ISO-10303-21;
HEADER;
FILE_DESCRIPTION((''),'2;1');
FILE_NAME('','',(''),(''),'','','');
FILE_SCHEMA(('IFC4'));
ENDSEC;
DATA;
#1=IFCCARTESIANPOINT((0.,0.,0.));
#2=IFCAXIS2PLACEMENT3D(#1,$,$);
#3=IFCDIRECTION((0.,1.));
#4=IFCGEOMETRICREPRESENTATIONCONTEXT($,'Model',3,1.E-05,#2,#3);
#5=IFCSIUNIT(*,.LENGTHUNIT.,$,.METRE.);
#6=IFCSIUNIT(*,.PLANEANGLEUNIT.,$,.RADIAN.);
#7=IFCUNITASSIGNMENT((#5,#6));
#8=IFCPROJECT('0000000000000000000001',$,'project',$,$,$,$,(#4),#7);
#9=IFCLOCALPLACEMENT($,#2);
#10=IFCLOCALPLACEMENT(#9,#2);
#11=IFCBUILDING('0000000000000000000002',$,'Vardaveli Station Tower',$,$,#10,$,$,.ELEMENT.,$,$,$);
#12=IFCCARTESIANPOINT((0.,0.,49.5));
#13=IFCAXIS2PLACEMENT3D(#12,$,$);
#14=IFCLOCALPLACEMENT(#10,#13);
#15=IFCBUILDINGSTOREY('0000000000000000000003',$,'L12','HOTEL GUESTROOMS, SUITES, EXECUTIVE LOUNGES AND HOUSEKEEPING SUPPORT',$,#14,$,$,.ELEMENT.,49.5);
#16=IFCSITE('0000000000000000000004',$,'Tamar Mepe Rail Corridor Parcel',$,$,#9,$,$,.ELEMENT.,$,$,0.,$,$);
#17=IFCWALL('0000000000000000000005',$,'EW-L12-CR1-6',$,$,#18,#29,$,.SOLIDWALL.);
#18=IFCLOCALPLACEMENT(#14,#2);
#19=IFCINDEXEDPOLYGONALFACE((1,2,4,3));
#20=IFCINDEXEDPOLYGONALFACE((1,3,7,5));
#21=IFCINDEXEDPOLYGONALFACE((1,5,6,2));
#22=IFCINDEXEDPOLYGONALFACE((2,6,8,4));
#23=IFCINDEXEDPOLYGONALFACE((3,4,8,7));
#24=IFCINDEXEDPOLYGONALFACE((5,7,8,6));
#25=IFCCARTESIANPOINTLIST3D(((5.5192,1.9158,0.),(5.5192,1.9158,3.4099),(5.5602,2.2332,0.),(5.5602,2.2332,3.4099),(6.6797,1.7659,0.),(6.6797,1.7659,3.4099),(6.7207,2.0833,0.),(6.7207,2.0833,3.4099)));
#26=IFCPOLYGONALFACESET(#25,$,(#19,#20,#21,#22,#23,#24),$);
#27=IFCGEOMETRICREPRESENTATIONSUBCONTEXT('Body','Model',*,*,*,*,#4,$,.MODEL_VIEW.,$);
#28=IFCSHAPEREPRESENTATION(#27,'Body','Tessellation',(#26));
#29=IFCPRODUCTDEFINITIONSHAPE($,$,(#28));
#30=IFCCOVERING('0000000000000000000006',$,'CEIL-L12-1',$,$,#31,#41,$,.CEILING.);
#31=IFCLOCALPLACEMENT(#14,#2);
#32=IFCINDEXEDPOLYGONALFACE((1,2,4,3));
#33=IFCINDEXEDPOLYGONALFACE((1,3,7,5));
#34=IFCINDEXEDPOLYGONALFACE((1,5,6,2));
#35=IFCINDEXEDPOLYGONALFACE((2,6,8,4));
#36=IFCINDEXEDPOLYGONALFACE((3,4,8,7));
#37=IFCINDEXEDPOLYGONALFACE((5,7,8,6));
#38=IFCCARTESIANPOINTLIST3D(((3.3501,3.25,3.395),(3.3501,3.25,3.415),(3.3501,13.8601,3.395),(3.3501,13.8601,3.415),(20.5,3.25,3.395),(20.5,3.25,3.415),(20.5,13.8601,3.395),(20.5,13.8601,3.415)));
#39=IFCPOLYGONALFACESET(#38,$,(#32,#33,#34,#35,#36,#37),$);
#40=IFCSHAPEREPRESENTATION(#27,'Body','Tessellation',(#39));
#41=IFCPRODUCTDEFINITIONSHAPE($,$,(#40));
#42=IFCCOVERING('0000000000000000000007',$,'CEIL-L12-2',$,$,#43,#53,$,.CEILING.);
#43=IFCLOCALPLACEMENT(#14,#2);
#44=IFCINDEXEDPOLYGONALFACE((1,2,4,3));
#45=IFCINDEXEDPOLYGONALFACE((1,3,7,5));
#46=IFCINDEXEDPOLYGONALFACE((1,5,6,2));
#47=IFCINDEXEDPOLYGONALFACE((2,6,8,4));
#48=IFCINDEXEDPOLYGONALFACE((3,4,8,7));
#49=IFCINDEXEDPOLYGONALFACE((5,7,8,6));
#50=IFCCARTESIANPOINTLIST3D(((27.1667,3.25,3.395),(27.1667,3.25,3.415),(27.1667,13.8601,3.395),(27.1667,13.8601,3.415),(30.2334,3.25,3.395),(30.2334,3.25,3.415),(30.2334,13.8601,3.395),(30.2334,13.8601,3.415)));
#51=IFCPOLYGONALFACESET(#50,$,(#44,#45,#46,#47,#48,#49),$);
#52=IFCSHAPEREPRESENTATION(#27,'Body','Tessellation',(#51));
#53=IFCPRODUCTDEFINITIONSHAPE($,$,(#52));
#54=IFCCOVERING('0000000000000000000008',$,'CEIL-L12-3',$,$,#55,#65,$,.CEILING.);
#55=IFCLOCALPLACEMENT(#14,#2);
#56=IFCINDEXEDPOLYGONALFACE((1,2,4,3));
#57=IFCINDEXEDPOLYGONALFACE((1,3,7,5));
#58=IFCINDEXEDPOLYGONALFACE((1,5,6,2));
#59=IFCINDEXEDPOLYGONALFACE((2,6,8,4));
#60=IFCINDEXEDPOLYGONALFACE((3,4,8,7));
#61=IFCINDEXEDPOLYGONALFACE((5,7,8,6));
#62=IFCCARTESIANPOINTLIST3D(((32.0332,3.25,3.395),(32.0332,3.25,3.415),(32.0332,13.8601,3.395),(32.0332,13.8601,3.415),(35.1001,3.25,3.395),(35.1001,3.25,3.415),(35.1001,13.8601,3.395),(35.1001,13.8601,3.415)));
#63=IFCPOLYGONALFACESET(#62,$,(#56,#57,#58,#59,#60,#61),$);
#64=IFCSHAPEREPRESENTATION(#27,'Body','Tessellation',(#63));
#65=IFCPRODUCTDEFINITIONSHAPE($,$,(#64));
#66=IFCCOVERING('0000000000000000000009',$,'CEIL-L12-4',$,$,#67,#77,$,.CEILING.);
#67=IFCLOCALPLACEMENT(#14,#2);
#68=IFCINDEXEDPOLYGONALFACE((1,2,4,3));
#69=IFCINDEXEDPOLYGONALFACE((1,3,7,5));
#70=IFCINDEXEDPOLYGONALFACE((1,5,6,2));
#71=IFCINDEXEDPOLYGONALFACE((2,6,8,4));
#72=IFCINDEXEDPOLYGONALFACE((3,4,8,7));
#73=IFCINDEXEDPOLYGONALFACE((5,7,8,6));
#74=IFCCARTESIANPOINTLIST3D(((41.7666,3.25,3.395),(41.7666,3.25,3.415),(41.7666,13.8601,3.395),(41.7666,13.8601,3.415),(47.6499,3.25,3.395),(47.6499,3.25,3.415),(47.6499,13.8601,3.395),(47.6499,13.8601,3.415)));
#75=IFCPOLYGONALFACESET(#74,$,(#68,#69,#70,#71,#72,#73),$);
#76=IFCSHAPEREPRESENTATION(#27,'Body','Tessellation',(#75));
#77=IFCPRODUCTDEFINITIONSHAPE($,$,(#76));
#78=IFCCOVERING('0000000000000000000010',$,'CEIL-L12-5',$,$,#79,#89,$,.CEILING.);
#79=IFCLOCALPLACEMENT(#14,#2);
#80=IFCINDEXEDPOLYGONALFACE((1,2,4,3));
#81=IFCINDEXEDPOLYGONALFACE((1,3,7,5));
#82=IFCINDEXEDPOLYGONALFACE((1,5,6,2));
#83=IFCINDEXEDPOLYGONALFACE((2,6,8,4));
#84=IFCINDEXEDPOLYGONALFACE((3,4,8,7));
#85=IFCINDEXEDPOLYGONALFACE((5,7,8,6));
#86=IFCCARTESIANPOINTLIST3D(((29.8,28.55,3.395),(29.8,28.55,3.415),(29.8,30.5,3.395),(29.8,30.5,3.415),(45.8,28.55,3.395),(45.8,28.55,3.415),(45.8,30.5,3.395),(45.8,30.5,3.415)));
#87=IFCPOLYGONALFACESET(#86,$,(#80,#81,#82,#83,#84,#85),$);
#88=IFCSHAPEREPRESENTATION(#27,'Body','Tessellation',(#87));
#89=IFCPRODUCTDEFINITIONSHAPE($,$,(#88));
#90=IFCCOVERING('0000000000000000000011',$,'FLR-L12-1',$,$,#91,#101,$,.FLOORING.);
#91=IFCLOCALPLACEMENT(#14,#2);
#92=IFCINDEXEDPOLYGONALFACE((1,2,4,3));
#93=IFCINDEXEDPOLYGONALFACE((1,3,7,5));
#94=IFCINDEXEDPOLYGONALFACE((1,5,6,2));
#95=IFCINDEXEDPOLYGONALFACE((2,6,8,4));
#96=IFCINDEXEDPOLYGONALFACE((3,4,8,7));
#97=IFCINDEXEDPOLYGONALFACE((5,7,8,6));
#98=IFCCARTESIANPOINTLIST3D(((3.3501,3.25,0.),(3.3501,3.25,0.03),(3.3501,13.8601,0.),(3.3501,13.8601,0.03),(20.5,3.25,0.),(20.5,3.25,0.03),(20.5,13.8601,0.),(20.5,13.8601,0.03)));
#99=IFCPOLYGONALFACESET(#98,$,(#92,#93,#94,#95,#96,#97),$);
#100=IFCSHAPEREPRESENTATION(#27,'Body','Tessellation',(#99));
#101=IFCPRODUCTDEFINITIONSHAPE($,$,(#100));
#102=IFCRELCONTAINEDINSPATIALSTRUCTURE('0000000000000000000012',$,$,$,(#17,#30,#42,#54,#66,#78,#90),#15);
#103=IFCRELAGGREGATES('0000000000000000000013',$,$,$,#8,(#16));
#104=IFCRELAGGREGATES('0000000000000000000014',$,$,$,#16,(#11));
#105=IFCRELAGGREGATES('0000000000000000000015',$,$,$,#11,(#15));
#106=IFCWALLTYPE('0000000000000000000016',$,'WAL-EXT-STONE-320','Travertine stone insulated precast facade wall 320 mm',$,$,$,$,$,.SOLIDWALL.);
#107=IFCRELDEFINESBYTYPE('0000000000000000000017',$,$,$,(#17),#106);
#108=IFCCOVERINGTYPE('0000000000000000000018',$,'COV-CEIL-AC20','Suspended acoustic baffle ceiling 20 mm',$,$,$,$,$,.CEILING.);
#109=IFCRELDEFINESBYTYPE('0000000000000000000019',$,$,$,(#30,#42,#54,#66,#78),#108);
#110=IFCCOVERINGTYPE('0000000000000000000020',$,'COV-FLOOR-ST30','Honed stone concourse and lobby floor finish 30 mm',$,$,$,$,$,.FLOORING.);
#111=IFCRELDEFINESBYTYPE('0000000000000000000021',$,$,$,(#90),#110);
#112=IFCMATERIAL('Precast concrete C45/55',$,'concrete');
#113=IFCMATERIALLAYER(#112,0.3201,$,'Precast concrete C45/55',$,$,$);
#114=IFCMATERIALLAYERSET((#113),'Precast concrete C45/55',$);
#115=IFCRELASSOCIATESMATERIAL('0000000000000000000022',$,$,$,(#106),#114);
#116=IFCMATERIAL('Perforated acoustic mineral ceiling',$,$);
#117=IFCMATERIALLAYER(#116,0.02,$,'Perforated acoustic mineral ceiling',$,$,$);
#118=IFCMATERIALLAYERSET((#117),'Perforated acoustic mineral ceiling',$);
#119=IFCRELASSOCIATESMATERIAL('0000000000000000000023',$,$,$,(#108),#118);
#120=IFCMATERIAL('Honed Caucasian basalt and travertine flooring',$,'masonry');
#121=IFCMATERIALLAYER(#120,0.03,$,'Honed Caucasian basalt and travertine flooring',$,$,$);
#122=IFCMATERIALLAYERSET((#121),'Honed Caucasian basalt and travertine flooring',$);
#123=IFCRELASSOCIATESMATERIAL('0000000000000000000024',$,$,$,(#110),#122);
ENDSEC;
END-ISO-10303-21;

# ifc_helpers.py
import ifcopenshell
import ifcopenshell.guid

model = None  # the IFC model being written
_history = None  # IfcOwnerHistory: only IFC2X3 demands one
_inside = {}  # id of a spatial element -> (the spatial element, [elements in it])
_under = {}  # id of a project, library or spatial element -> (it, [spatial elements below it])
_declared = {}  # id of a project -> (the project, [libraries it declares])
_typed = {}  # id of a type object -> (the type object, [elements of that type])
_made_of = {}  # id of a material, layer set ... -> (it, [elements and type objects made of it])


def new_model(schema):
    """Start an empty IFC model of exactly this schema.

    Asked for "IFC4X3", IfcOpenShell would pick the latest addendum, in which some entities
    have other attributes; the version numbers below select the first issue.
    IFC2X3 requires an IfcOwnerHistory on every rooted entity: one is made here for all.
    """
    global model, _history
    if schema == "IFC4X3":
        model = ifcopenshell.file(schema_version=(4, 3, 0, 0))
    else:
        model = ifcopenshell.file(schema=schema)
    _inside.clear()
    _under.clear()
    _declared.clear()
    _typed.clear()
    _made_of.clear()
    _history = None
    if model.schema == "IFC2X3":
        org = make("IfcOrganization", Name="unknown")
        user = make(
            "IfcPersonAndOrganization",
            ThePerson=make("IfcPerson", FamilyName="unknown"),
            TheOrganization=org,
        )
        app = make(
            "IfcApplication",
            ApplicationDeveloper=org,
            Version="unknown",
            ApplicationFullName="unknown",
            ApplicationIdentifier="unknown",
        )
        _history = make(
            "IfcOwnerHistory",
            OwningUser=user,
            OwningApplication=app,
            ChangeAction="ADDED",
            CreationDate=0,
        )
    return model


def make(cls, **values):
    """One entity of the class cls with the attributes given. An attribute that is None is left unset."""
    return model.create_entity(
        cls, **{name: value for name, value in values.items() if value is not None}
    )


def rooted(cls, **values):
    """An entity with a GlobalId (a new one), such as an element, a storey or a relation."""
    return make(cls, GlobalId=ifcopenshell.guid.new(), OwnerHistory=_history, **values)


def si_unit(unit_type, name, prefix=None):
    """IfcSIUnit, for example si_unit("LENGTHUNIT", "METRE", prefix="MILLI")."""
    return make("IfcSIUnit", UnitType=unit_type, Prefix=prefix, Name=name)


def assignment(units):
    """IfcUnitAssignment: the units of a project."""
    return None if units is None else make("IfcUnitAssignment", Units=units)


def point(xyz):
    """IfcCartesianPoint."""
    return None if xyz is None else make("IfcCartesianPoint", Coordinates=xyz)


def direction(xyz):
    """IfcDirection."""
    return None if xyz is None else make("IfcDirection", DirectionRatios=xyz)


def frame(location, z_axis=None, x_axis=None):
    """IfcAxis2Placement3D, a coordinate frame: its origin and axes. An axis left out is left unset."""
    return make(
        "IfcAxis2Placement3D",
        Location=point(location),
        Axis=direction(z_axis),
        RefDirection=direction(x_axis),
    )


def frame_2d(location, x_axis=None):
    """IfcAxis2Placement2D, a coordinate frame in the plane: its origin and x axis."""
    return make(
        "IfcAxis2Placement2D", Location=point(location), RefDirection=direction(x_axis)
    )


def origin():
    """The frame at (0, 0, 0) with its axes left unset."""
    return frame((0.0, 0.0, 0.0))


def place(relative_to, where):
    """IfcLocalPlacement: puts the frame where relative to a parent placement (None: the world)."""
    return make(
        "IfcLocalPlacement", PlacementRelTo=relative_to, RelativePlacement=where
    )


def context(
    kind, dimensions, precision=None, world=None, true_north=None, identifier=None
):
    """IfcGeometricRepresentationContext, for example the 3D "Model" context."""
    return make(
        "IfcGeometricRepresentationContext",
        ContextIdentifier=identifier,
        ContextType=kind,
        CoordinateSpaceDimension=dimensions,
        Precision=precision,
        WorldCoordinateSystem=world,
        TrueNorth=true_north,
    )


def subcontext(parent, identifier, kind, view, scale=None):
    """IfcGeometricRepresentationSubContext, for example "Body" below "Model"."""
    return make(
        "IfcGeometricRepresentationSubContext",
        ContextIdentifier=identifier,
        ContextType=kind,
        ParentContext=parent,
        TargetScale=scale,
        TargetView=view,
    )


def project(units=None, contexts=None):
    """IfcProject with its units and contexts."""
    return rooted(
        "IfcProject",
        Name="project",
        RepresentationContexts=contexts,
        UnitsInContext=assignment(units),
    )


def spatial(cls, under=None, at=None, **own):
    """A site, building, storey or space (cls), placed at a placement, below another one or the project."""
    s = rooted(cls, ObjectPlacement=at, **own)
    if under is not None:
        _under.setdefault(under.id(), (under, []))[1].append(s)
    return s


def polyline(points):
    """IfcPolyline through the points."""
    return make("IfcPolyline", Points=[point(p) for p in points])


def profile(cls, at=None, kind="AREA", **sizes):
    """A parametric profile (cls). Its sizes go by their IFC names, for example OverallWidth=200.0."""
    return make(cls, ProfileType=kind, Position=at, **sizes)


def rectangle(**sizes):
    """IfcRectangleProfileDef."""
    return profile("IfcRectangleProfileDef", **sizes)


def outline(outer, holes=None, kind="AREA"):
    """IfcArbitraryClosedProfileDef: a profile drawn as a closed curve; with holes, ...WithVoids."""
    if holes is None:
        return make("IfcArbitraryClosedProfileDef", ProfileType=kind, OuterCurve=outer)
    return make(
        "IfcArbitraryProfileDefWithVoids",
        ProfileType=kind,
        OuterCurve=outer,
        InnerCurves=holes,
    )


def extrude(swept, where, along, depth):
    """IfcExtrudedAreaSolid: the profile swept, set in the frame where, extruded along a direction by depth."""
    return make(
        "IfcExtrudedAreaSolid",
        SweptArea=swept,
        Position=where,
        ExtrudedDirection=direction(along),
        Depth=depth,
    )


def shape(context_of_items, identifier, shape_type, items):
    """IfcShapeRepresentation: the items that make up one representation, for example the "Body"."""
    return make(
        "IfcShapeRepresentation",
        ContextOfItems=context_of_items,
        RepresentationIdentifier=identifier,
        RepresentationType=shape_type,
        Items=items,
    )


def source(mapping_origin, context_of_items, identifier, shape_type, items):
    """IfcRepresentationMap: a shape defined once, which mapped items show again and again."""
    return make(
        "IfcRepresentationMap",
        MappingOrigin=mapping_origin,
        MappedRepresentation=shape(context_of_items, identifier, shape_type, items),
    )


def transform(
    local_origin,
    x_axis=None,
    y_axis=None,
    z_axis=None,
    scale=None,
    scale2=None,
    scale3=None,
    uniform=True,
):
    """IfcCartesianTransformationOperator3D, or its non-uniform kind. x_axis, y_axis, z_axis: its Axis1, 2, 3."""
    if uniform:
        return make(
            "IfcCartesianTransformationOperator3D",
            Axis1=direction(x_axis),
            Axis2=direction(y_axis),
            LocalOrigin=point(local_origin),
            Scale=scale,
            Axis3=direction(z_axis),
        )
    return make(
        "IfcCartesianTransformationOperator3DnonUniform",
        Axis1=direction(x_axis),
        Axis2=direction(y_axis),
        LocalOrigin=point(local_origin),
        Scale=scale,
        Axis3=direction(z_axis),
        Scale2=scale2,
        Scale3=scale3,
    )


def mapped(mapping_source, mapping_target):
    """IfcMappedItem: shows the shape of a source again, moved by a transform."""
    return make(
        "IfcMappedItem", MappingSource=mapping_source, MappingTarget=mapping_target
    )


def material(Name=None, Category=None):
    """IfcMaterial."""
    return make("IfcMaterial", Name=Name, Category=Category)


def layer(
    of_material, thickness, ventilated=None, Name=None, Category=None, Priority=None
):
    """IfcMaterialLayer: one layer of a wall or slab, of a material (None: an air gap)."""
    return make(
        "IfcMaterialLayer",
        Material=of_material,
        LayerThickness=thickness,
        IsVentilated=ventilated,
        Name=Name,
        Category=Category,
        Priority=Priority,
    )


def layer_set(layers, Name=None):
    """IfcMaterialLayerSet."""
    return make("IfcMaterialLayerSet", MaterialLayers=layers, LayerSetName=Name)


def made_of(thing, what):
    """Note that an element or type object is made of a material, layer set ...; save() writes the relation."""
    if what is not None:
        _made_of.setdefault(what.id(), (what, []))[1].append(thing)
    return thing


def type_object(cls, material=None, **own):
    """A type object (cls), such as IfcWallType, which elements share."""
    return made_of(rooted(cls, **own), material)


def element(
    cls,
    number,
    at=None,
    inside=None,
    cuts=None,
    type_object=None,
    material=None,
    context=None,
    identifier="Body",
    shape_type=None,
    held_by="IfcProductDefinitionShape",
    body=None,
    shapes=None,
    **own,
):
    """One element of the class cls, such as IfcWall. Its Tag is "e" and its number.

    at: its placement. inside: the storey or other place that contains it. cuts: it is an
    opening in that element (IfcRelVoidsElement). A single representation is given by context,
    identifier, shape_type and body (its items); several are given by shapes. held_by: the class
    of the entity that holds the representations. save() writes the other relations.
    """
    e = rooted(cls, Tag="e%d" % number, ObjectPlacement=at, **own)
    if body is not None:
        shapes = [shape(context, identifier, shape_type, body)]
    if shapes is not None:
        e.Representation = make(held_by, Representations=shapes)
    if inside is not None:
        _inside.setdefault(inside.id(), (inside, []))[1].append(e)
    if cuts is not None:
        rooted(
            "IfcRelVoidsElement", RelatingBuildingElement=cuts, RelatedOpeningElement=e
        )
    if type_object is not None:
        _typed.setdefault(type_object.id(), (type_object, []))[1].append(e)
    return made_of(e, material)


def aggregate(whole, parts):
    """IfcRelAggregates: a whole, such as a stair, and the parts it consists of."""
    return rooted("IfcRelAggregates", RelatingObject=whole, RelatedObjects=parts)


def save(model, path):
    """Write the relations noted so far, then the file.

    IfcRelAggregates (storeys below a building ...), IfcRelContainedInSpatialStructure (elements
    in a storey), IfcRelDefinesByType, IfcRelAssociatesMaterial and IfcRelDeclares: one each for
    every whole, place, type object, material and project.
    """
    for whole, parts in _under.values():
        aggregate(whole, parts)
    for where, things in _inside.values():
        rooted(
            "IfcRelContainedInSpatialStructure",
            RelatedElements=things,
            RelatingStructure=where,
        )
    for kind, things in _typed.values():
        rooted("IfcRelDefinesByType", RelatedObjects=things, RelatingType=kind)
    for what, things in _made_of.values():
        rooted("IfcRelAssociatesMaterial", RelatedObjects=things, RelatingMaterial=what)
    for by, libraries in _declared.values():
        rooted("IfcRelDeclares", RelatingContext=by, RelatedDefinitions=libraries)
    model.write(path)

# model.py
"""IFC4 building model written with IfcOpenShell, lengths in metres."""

from ifc_helpers import new_model, si_unit, direction, frame, frame_2d, origin, place, context, subcontext, project, spatial, polyline, rectangle, outline, extrude, source, transform, mapped, material, layer, layer_set, type_object, element, save


model = new_model("IFC4")

# Units and contexts
model_context = context("Model", 3, precision=1e-05, world=origin(), true_north=direction((0.0, 1.0)))
body_context = subcontext(model_context, "Body", "Model", "MODEL_VIEW")
ifc_project = project(units=[si_unit("LENGTHUNIT", "METRE"), si_unit("PLANEANGLEUNIT", "RADIAN")], contexts=[model_context])

# Site, building, storey
site_placement = place(None, origin())
site = spatial("IfcSite", under=ifc_project, at=site_placement, Name="Tamar Mepe Rail Corridor Parcel", CompositionType="ELEMENT", RefElevation=0.0)
building_placement = place(site_placement, origin())
building = spatial("IfcBuilding", under=site, at=building_placement, Name="Vardaveli Station Tower", CompositionType="ELEMENT")
storey_placement = place(building_placement, frame((0.0, 0.0, 49.5)))
storey = spatial("IfcBuildingStorey", under=building, at=storey_placement, Name="L12", Description="HOTEL GUESTROOMS, SUITES, EXECUTIVE LOUNGES AND HOUSEKEEPING SUPPORT", CompositionType="ELEMENT", Elevation=49.5)

# Shared definitions
ifc_material_1 = material(Name="Precast concrete C45/55", Category="concrete")

# Shared definitions
ifc_layer_1 = layer(ifc_material_1, 0.3201, Name="Precast concrete C45/55")
ifc_layer_set_1 = layer_set([ifc_layer_1], Name="Precast concrete C45/55")
wall_type = type_object("IfcWallType", Name="WAL-EXT-STONE-320", Description="Travertine stone insulated precast facade wall 320 mm", PredefinedType="SOLIDWALL", material=ifc_layer_set_1)

# Wall
shared_shape_1 = source(origin(), body_context, "Body", "SweptSolid", [
    extrude(rectangle(XDim=1.1702, YDim=0.3201, at=frame_2d((0.585, 0.0))), origin(), (0.0, 0.0, 1.0), 3.4099),
])
wall_1_placement = place(storey_placement, frame((5.5398, 2.0745, 0.0), z_axis=(0.0, 0.0, 1.0), x_axis=(0.991762, -0.12809, 0.0)))
element("IfcWall", 1, at=wall_1_placement, inside=storey, type_object=wall_type, Name="EW-L12-CR1-6", PredefinedType="SOLIDWALL", context=body_context, shape_type="MappedRepresentation", body=[
    mapped(shared_shape_1, transform((0.0, 0.0, 0.0), scale=1.0)),
])

# Coverings
ifc_material_2 = material(Name="Perforated acoustic mineral ceiling")
ifc_layer_2 = layer(ifc_material_2, 0.02, Name="Perforated acoustic mineral ceiling")
ifc_layer_set_2 = layer_set([ifc_layer_2], Name="Perforated acoustic mineral ceiling")
covering_type_1 = type_object("IfcCoveringType", Name="COV-CEIL-AC20", Description="Suspended acoustic baffle ceiling 20 mm", PredefinedType="CEILING", material=ifc_layer_set_2)
covering_1_placement = place(storey_placement, frame((0.0, 0.0, 3.395)))
element("IfcCovering", 2, at=covering_1_placement, inside=storey, type_object=covering_type_1, Name="CEIL-L12-1", PredefinedType="CEILING", context=body_context, shape_type="SweptSolid", body=[
    extrude(outline(polyline([(3.3501, 3.25), (20.5, 3.25), (20.5, 13.8601), (3.3501, 13.8601), (3.3501, 3.25)])), origin(), (0.0, 0.0, 1.0), 0.02),
])
covering_2_placement = place(storey_placement, frame((0.0, 0.0, 3.395)))
element("IfcCovering", 3, at=covering_2_placement, inside=storey, type_object=covering_type_1, Name="CEIL-L12-2", PredefinedType="CEILING", context=body_context, shape_type="SweptSolid", body=[
    extrude(outline(polyline([(27.1667, 3.25), (30.2334, 3.25), (30.2334, 13.8601), (27.1667, 13.8601), (27.1667, 3.25)])), origin(), (0.0, 0.0, 1.0), 0.02),
])
covering_3_placement = place(storey_placement, frame((0.0, 0.0, 3.395)))
element("IfcCovering", 4, at=covering_3_placement, inside=storey, type_object=covering_type_1, Name="CEIL-L12-3", PredefinedType="CEILING", context=body_context, shape_type="SweptSolid", body=[
    extrude(outline(polyline([(32.0332, 3.25), (35.1001, 3.25), (35.1001, 13.8601), (32.0332, 13.8601), (32.0332, 3.25)])), origin(), (0.0, 0.0, 1.0), 0.02),
])
covering_4_placement = place(storey_placement, frame((0.0, 0.0, 3.395)))
element("IfcCovering", 5, at=covering_4_placement, inside=storey, type_object=covering_type_1, Name="CEIL-L12-4", PredefinedType="CEILING", context=body_context, shape_type="SweptSolid", body=[
    extrude(outline(polyline([(41.7666, 3.25), (47.6499, 3.25), (47.6499, 13.8601), (41.7666, 13.8601), (41.7666, 3.25)])), origin(), (0.0, 0.0, 1.0), 0.02),
])
covering_5_placement = place(storey_placement, frame((0.0, 0.0, 3.395)))
element("IfcCovering", 6, at=covering_5_placement, inside=storey, type_object=covering_type_1, Name="CEIL-L12-5", PredefinedType="CEILING", context=body_context, shape_type="SweptSolid", body=[
    extrude(outline(polyline([(29.8, 28.55), (45.8, 28.55), (45.8, 30.5), (29.8, 30.5), (29.8, 28.55)])), origin(), (0.0, 0.0, 1.0), 0.02),
])
ifc_material_3 = material(Name="Honed Caucasian basalt and travertine flooring", Category="masonry")
ifc_layer_3 = layer(ifc_material_3, 0.03, Name="Honed Caucasian basalt and travertine flooring")
ifc_layer_set_3 = layer_set([ifc_layer_3], Name="Honed Caucasian basalt and travertine flooring")
covering_type_2 = type_object("IfcCoveringType", Name="COV-FLOOR-ST30", Description="Honed stone concourse and lobby floor finish 30 mm", PredefinedType="FLOORING", material=ifc_layer_set_3)
covering_6_placement = place(storey_placement, origin())
element("IfcCovering", 7, at=covering_6_placement, inside=storey, type_object=covering_type_2, Name="FLR-L12-1", PredefinedType="FLOORING", context=body_context, shape_type="SweptSolid", body=[
    extrude(outline(polyline([(3.3501, 3.25), (20.5, 3.25), (20.5, 13.8601), (3.3501, 13.8601), (3.3501, 3.25)])), origin(), (0.0, 0.0, 1.0), 0.03),
])

save(model, "model.ifc")
